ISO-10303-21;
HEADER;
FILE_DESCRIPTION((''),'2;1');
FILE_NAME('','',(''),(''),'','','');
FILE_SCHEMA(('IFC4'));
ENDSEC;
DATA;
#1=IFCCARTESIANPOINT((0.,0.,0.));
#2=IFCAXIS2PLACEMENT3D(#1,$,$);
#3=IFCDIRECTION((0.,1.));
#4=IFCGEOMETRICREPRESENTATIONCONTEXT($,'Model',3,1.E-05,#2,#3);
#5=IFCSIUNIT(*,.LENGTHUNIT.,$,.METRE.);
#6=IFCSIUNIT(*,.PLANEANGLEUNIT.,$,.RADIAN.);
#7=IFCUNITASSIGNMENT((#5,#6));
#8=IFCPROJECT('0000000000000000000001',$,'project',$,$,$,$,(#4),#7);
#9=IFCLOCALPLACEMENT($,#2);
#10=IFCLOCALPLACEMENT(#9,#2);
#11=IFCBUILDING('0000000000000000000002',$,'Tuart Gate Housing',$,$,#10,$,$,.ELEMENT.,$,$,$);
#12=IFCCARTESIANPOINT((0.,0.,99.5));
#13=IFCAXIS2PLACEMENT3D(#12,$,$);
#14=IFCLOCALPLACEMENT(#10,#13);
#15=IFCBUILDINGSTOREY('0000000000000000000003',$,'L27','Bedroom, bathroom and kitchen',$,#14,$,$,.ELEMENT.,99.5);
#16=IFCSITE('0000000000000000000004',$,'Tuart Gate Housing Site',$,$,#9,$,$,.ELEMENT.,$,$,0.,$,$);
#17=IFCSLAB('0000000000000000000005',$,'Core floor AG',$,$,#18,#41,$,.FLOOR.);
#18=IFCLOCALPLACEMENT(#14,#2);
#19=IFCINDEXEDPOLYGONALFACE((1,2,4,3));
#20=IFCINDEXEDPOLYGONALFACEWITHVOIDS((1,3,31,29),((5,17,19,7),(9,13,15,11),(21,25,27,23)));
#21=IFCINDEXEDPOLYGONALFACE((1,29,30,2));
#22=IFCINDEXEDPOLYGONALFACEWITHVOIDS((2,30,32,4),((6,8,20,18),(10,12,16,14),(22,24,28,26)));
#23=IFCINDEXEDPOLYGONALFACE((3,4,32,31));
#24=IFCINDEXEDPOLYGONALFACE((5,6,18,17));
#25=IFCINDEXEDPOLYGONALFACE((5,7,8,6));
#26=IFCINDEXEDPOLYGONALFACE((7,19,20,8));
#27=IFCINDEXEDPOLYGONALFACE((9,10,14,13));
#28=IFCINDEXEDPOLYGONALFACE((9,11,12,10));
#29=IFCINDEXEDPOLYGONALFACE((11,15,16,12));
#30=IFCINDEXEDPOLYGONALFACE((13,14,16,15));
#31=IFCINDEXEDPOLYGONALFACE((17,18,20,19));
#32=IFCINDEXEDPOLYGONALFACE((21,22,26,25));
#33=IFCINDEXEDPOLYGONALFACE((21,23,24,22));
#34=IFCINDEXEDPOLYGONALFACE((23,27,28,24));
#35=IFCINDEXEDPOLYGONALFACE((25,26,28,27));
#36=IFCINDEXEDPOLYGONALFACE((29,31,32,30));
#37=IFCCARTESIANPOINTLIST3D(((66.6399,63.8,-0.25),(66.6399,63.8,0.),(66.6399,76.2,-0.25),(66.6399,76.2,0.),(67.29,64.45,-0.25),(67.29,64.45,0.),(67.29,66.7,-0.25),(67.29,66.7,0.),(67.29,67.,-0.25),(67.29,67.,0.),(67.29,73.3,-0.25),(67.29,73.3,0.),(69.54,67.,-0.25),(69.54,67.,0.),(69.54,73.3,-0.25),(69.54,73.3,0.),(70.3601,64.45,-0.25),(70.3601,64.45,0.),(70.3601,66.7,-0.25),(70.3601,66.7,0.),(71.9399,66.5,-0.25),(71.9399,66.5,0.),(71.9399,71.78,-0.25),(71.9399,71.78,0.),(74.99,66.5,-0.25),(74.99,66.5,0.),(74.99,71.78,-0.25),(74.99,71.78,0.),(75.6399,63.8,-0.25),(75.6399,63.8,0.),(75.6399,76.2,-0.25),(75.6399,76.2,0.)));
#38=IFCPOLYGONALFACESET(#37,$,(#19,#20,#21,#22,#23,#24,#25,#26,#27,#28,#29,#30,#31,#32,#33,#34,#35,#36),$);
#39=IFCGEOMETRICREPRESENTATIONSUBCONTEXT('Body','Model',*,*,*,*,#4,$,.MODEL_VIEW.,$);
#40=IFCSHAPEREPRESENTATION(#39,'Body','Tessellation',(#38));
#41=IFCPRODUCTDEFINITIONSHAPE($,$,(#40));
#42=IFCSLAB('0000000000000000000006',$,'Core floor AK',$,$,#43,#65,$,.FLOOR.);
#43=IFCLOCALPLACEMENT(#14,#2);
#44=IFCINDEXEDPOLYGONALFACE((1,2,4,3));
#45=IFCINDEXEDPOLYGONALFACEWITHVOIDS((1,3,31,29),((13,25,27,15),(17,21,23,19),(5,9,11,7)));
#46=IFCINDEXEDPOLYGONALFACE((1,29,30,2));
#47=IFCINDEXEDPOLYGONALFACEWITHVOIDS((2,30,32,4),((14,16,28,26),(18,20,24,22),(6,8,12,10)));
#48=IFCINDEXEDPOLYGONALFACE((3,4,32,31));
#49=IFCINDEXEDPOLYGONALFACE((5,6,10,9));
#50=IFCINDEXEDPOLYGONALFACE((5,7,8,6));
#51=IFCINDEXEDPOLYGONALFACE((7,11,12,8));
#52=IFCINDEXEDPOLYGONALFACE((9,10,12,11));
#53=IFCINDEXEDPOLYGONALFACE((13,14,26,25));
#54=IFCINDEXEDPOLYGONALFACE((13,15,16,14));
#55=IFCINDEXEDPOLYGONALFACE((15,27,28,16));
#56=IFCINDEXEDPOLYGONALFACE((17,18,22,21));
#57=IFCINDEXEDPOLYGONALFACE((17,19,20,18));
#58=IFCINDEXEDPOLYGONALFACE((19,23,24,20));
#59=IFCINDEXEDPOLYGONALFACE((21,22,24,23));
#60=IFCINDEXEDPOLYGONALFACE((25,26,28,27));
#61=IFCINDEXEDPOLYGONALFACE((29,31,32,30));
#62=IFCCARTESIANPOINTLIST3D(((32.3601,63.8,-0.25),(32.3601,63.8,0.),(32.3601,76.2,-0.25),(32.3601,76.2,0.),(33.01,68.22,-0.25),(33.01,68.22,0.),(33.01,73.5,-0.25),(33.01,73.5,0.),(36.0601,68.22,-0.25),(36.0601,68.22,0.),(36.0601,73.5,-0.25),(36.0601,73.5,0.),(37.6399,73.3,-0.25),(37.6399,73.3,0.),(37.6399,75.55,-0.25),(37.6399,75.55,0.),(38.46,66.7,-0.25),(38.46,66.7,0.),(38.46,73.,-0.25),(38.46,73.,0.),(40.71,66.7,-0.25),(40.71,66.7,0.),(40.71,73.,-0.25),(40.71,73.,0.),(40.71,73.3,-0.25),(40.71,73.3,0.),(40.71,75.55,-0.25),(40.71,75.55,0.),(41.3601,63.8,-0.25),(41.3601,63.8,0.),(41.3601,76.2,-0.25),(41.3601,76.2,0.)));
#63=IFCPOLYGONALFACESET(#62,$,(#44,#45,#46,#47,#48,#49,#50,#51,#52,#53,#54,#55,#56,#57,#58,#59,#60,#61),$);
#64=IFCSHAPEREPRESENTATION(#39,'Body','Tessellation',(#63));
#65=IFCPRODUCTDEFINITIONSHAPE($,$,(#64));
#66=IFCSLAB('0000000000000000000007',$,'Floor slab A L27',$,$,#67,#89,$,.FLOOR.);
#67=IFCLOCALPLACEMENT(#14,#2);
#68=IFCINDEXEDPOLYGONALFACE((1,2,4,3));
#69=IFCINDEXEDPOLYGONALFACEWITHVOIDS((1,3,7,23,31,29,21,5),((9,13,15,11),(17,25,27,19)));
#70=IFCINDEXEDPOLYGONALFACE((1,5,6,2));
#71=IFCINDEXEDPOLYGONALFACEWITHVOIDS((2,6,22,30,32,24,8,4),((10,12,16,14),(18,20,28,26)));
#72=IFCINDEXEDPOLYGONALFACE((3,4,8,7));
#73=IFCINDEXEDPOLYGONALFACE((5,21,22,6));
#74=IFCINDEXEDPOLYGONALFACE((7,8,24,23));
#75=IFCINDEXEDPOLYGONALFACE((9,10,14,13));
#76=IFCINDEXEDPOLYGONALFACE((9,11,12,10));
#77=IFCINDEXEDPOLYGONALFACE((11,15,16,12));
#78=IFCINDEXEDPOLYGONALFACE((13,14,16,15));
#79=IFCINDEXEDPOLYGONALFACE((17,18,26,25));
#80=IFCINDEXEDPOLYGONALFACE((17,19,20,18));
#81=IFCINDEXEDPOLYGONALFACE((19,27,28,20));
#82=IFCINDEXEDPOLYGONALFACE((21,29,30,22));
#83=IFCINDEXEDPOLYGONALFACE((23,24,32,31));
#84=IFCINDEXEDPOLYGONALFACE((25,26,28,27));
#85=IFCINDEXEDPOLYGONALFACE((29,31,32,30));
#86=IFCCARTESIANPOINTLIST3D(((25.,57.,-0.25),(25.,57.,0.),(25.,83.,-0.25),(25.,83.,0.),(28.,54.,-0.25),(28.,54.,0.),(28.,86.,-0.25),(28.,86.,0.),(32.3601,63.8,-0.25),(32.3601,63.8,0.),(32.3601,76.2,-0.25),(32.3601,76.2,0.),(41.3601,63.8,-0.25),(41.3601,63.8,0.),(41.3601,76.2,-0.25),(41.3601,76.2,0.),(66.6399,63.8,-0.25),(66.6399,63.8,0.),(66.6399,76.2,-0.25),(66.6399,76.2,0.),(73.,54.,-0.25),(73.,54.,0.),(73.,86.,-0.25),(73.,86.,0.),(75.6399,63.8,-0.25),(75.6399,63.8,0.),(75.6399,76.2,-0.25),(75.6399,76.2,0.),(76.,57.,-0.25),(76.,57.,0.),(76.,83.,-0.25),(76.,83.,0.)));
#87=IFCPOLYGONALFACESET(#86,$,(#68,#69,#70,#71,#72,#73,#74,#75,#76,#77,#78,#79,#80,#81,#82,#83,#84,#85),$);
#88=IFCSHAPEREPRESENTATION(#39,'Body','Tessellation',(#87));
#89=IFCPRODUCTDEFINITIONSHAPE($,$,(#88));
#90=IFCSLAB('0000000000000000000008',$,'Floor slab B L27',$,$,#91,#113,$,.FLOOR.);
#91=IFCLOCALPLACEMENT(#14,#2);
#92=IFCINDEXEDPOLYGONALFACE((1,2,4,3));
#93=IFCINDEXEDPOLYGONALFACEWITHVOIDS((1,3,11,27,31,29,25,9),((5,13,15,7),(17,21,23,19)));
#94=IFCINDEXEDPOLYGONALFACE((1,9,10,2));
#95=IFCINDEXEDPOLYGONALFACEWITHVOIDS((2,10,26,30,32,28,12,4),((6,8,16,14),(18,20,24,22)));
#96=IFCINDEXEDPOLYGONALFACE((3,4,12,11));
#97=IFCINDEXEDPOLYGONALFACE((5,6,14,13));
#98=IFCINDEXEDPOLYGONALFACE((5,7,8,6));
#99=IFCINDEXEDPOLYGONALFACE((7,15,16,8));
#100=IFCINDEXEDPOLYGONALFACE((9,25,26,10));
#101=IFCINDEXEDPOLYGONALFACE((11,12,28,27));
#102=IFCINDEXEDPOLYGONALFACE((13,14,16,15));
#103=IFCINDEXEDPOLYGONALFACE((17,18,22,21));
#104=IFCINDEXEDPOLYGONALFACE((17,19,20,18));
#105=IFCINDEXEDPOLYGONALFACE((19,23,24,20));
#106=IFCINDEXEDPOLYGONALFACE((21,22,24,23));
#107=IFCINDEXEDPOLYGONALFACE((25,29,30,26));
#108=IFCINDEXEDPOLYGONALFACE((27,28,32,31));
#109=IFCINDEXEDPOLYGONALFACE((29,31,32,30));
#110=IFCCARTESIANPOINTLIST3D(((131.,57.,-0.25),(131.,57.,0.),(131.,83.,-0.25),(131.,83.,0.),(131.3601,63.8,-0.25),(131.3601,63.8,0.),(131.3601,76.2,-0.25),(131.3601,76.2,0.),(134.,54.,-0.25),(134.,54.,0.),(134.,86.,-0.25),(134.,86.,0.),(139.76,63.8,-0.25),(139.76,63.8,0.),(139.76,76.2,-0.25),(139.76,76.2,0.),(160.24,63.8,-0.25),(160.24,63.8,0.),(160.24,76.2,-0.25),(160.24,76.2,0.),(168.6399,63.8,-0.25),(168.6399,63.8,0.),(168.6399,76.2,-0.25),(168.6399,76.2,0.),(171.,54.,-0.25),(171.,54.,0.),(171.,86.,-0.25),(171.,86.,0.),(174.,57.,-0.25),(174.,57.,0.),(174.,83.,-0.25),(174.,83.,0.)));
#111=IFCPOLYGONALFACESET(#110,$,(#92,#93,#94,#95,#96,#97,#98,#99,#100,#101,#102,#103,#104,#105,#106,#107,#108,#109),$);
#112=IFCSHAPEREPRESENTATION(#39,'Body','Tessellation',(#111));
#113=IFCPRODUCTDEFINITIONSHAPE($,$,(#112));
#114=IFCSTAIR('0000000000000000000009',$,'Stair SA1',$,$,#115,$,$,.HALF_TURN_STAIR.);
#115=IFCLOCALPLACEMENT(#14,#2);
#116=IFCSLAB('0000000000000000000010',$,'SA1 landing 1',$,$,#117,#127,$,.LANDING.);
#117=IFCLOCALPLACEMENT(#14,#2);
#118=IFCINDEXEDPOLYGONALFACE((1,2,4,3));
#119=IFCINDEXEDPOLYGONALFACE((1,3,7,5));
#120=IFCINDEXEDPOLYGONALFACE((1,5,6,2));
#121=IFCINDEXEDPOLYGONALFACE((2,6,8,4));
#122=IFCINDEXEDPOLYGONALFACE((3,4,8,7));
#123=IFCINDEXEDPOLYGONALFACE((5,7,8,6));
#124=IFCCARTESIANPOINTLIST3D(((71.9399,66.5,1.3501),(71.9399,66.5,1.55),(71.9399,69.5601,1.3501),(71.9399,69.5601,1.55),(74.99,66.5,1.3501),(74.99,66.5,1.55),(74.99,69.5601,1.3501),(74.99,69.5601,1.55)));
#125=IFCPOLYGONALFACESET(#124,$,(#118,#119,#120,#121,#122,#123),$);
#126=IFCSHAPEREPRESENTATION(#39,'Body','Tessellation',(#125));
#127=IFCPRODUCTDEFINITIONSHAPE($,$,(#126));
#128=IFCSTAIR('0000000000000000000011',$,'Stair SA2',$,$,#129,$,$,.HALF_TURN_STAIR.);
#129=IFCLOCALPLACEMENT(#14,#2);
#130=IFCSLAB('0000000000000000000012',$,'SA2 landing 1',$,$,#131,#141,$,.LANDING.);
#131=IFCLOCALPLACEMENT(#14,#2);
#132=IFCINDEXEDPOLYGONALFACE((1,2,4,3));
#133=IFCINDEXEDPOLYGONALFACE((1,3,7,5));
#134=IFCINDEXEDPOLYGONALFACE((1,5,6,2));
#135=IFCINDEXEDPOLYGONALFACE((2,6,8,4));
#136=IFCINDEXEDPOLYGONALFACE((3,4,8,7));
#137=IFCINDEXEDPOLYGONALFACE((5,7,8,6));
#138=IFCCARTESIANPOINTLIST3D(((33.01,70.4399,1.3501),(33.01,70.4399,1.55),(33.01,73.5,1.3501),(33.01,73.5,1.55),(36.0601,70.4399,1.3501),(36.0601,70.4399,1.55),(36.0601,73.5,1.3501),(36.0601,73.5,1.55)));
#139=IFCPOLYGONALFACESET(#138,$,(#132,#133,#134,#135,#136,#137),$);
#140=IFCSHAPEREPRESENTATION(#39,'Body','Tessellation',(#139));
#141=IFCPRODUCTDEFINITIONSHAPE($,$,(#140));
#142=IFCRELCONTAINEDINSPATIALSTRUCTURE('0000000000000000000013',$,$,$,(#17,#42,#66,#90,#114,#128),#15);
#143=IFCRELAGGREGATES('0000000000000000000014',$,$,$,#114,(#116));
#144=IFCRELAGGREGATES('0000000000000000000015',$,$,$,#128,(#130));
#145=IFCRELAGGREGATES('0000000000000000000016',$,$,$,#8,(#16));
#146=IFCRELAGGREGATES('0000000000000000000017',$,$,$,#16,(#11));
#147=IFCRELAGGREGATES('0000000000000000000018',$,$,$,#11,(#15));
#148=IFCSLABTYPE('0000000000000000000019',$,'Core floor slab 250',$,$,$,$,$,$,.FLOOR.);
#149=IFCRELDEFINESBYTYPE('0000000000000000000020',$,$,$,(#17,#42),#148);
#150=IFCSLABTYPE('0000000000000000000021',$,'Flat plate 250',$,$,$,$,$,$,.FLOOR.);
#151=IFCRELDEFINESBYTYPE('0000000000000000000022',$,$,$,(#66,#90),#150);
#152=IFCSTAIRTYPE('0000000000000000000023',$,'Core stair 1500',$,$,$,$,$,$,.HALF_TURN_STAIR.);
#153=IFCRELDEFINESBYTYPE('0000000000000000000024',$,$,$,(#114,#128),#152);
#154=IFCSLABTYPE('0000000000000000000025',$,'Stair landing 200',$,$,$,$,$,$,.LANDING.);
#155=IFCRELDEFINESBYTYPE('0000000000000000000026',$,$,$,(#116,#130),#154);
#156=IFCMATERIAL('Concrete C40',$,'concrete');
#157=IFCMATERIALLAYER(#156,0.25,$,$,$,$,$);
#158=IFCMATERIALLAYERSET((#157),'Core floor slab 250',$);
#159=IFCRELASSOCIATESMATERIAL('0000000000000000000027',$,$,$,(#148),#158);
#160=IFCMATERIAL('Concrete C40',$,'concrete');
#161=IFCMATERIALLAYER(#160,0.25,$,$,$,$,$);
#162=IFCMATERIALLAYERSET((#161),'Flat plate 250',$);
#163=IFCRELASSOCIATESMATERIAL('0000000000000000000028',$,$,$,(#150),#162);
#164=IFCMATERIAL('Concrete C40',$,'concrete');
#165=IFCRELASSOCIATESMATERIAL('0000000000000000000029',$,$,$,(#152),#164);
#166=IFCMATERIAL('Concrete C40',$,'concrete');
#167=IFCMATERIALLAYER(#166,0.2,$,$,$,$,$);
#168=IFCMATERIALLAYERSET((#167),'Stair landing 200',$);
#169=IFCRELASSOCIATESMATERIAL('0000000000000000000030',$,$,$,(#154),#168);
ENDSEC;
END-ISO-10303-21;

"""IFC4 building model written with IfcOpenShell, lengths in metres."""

from ifc_helpers import new_model, si_unit, direction, frame, origin, place, context, subcontext, project, spatial, polyline, outline, extrude, material, layer, layer_set, type_object, element, aggregate, save


model = new_model("IFC4")

# Units and contexts
model_context = context("Model", 3, precision=1e-05, world=origin(), true_north=direction((0.0, 1.0)))
body_context = subcontext(model_context, "Body", "Model", "MODEL_VIEW")
ifc_project = project(units=[si_unit("LENGTHUNIT", "METRE"), si_unit("PLANEANGLEUNIT", "RADIAN")], contexts=[model_context])

# Site, building, storey
site_placement = place(None, origin())
site = spatial("IfcSite", under=ifc_project, at=site_placement, Name="Tuart Gate Housing Site", CompositionType="ELEMENT", RefElevation=0.0)
building_placement = place(site_placement, origin())
building = spatial("IfcBuilding", under=site, at=building_placement, Name="Tuart Gate Housing", CompositionType="ELEMENT")
storey_placement = place(building_placement, frame((0.0, 0.0, 99.5)))
storey = spatial("IfcBuildingStorey", under=building, at=storey_placement, Name="L27", Description="Bedroom, bathroom and kitchen", CompositionType="ELEMENT", Elevation=99.5)

# Slabs
ifc_material_1 = material(Name="Concrete C40", Category="concrete")
ifc_layer_1 = layer(ifc_material_1, 0.25)
ifc_layer_set_1 = layer_set([ifc_layer_1], Name="Core floor slab 250")
slab_type_1 = type_object("IfcSlabType", Name="Core floor slab 250", PredefinedType="FLOOR", material=ifc_layer_set_1)
slab_1_placement = place(storey_placement, frame((0.0, 0.0, -0.25)))
element("IfcSlab", 1, at=slab_1_placement, inside=storey, type_object=slab_type_1, Name="Core floor AG", PredefinedType="FLOOR", context=body_context, shape_type="SweptSolid", body=[
    extrude(outline(polyline([(66.6399, 63.8), (75.6399, 63.8), (75.6399, 76.2), (66.6399, 76.2), (66.6399, 63.8)]), holes=[polyline([(67.29, 64.45), (70.3601, 64.45), (70.3601, 66.7), (67.29, 66.7), (67.29, 64.45)]), polyline([(67.29, 67.0), (69.54, 67.0), (69.54, 73.3), (67.29, 73.3), (67.29, 67.0)]), polyline([(71.9399, 66.5), (74.99, 66.5), (74.99, 71.78), (71.9399, 71.78), (71.9399, 66.5)])]), origin(), (0.0, 0.0, 1.0), 0.25),
])
slab_2_placement = place(storey_placement, frame((0.0, 0.0, -0.25)))
element("IfcSlab", 2, at=slab_2_placement, inside=storey, type_object=slab_type_1, Name="Core floor AK", PredefinedType="FLOOR", context=body_context, shape_type="SweptSolid", body=[
    extrude(outline(polyline([(32.3601, 63.8), (41.3601, 63.8), (41.3601, 76.2), (32.3601, 76.2), (32.3601, 63.8)]), holes=[polyline([(40.71, 75.55), (37.6399, 75.55), (37.6399, 73.3), (40.71, 73.3), (40.71, 75.55)]), polyline([(40.71, 73.0), (38.46, 73.0), (38.46, 66.7), (40.71, 66.7), (40.71, 73.0)]), polyline([(36.0601, 73.5), (33.01, 73.5), (33.01, 68.22), (36.0601, 68.22), (36.0601, 73.5)])]), origin(), (0.0, 0.0, 1.0), 0.25),
])
ifc_material_2 = material(Name="Concrete C40", Category="concrete")
ifc_layer_2 = layer(ifc_material_2, 0.25)
ifc_layer_set_2 = layer_set([ifc_layer_2], Name="Flat plate 250")
slab_type_2 = type_object("IfcSlabType", Name="Flat plate 250", PredefinedType="FLOOR", material=ifc_layer_set_2)
slab_3_placement = place(storey_placement, frame((0.0, 0.0, -0.25)))
element("IfcSlab", 3, at=slab_3_placement, inside=storey, type_object=slab_type_2, Name="Floor slab A L27", PredefinedType="FLOOR", context=body_context, shape_type="SweptSolid", body=[
    extrude(outline(polyline([(28.0, 86.0), (25.0, 83.0), (25.0, 57.0), (28.0, 54.0), (73.0, 54.0), (76.0, 57.0), (76.0, 83.0), (73.0, 86.0), (28.0, 86.0)]), holes=[polyline([(66.6399, 76.2), (75.6399, 76.2), (75.6399, 63.8), (66.6399, 63.8), (66.6399, 76.2)]), polyline([(41.3601, 76.2), (41.3601, 63.8), (32.3601, 63.8), (32.3601, 76.2), (41.3601, 76.2)])]), origin(), (0.0, 0.0, 1.0), 0.25),
])
slab_4_placement = place(storey_placement, frame((0.0, 0.0, -0.25)))
element("IfcSlab", 4, at=slab_4_placement, inside=storey, type_object=slab_type_2, Name="Floor slab B L27", PredefinedType="FLOOR", context=body_context, shape_type="SweptSolid", body=[
    extrude(outline(polyline([(134.0, 86.0), (131.0, 83.0), (131.0, 57.0), (134.0, 54.0), (171.0, 54.0), (174.0, 57.0), (174.0, 83.0), (171.0, 86.0), (134.0, 86.0)]), holes=[polyline([(131.3601, 76.2), (139.76, 76.2), (139.76, 63.8), (131.3601, 63.8), (131.3601, 76.2)]), polyline([(168.6399, 76.2), (168.6399, 63.8), (160.24, 63.8), (160.24, 76.2), (168.6399, 76.2)])]), origin(), (0.0, 0.0, 1.0), 0.25),
])

# Stairs, slabs
ifc_material_3 = material(Name="Concrete C40", Category="concrete")
stair_type = type_object("IfcStairType", Name="Core stair 1500", PredefinedType="HALF_TURN_STAIR", material=ifc_material_3)
stair_1_placement = place(storey_placement, origin())
stair_1 = element("IfcStair", 5, at=stair_1_placement, inside=storey, type_object=stair_type, Name="Stair SA1", PredefinedType="HALF_TURN_STAIR")
ifc_material_4 = material(Name="Concrete C40", Category="concrete")
ifc_layer_3 = layer(ifc_material_4, 0.2)
ifc_layer_set_3 = layer_set([ifc_layer_3], Name="Stair landing 200")
slab_type_3 = type_object("IfcSlabType", Name="Stair landing 200", PredefinedType="LANDING", material=ifc_layer_set_3)
slab_5_placement = place(storey_placement, frame((0.0, 0.0, 1.3501)))
slab_5 = element("IfcSlab", 6, at=slab_5_placement, type_object=slab_type_3, Name="SA1 landing 1", PredefinedType="LANDING", context=body_context, shape_type="SweptSolid", body=[
    extrude(outline(polyline([(71.9399, 66.5), (74.99, 66.5), (74.99, 69.5601), (71.9399, 69.5601), (71.9399, 66.5)])), origin(), (0.0, 0.0, 1.0), 0.2),
])
aggregate(stair_1, [slab_5])
stair_2_placement = place(storey_placement, origin())
stair_2 = element("IfcStair", 7, at=stair_2_placement, inside=storey, type_object=stair_type, Name="Stair SA2", PredefinedType="HALF_TURN_STAIR")
slab_6_placement = place(storey_placement, frame((0.0, 0.0, 1.3501)))
slab_6 = element("IfcSlab", 8, at=slab_6_placement, type_object=slab_type_3, Name="SA2 landing 1", PredefinedType="LANDING", context=body_context, shape_type="SweptSolid", body=[
    extrude(outline(polyline([(36.0601, 73.5), (33.01, 73.5), (33.01, 70.4399), (36.0601, 70.4399), (36.0601, 73.5)])), origin(), (0.0, 0.0, 1.0), 0.2),
])
aggregate(stair_2, [slab_6])

save(model, "model.ifc")
